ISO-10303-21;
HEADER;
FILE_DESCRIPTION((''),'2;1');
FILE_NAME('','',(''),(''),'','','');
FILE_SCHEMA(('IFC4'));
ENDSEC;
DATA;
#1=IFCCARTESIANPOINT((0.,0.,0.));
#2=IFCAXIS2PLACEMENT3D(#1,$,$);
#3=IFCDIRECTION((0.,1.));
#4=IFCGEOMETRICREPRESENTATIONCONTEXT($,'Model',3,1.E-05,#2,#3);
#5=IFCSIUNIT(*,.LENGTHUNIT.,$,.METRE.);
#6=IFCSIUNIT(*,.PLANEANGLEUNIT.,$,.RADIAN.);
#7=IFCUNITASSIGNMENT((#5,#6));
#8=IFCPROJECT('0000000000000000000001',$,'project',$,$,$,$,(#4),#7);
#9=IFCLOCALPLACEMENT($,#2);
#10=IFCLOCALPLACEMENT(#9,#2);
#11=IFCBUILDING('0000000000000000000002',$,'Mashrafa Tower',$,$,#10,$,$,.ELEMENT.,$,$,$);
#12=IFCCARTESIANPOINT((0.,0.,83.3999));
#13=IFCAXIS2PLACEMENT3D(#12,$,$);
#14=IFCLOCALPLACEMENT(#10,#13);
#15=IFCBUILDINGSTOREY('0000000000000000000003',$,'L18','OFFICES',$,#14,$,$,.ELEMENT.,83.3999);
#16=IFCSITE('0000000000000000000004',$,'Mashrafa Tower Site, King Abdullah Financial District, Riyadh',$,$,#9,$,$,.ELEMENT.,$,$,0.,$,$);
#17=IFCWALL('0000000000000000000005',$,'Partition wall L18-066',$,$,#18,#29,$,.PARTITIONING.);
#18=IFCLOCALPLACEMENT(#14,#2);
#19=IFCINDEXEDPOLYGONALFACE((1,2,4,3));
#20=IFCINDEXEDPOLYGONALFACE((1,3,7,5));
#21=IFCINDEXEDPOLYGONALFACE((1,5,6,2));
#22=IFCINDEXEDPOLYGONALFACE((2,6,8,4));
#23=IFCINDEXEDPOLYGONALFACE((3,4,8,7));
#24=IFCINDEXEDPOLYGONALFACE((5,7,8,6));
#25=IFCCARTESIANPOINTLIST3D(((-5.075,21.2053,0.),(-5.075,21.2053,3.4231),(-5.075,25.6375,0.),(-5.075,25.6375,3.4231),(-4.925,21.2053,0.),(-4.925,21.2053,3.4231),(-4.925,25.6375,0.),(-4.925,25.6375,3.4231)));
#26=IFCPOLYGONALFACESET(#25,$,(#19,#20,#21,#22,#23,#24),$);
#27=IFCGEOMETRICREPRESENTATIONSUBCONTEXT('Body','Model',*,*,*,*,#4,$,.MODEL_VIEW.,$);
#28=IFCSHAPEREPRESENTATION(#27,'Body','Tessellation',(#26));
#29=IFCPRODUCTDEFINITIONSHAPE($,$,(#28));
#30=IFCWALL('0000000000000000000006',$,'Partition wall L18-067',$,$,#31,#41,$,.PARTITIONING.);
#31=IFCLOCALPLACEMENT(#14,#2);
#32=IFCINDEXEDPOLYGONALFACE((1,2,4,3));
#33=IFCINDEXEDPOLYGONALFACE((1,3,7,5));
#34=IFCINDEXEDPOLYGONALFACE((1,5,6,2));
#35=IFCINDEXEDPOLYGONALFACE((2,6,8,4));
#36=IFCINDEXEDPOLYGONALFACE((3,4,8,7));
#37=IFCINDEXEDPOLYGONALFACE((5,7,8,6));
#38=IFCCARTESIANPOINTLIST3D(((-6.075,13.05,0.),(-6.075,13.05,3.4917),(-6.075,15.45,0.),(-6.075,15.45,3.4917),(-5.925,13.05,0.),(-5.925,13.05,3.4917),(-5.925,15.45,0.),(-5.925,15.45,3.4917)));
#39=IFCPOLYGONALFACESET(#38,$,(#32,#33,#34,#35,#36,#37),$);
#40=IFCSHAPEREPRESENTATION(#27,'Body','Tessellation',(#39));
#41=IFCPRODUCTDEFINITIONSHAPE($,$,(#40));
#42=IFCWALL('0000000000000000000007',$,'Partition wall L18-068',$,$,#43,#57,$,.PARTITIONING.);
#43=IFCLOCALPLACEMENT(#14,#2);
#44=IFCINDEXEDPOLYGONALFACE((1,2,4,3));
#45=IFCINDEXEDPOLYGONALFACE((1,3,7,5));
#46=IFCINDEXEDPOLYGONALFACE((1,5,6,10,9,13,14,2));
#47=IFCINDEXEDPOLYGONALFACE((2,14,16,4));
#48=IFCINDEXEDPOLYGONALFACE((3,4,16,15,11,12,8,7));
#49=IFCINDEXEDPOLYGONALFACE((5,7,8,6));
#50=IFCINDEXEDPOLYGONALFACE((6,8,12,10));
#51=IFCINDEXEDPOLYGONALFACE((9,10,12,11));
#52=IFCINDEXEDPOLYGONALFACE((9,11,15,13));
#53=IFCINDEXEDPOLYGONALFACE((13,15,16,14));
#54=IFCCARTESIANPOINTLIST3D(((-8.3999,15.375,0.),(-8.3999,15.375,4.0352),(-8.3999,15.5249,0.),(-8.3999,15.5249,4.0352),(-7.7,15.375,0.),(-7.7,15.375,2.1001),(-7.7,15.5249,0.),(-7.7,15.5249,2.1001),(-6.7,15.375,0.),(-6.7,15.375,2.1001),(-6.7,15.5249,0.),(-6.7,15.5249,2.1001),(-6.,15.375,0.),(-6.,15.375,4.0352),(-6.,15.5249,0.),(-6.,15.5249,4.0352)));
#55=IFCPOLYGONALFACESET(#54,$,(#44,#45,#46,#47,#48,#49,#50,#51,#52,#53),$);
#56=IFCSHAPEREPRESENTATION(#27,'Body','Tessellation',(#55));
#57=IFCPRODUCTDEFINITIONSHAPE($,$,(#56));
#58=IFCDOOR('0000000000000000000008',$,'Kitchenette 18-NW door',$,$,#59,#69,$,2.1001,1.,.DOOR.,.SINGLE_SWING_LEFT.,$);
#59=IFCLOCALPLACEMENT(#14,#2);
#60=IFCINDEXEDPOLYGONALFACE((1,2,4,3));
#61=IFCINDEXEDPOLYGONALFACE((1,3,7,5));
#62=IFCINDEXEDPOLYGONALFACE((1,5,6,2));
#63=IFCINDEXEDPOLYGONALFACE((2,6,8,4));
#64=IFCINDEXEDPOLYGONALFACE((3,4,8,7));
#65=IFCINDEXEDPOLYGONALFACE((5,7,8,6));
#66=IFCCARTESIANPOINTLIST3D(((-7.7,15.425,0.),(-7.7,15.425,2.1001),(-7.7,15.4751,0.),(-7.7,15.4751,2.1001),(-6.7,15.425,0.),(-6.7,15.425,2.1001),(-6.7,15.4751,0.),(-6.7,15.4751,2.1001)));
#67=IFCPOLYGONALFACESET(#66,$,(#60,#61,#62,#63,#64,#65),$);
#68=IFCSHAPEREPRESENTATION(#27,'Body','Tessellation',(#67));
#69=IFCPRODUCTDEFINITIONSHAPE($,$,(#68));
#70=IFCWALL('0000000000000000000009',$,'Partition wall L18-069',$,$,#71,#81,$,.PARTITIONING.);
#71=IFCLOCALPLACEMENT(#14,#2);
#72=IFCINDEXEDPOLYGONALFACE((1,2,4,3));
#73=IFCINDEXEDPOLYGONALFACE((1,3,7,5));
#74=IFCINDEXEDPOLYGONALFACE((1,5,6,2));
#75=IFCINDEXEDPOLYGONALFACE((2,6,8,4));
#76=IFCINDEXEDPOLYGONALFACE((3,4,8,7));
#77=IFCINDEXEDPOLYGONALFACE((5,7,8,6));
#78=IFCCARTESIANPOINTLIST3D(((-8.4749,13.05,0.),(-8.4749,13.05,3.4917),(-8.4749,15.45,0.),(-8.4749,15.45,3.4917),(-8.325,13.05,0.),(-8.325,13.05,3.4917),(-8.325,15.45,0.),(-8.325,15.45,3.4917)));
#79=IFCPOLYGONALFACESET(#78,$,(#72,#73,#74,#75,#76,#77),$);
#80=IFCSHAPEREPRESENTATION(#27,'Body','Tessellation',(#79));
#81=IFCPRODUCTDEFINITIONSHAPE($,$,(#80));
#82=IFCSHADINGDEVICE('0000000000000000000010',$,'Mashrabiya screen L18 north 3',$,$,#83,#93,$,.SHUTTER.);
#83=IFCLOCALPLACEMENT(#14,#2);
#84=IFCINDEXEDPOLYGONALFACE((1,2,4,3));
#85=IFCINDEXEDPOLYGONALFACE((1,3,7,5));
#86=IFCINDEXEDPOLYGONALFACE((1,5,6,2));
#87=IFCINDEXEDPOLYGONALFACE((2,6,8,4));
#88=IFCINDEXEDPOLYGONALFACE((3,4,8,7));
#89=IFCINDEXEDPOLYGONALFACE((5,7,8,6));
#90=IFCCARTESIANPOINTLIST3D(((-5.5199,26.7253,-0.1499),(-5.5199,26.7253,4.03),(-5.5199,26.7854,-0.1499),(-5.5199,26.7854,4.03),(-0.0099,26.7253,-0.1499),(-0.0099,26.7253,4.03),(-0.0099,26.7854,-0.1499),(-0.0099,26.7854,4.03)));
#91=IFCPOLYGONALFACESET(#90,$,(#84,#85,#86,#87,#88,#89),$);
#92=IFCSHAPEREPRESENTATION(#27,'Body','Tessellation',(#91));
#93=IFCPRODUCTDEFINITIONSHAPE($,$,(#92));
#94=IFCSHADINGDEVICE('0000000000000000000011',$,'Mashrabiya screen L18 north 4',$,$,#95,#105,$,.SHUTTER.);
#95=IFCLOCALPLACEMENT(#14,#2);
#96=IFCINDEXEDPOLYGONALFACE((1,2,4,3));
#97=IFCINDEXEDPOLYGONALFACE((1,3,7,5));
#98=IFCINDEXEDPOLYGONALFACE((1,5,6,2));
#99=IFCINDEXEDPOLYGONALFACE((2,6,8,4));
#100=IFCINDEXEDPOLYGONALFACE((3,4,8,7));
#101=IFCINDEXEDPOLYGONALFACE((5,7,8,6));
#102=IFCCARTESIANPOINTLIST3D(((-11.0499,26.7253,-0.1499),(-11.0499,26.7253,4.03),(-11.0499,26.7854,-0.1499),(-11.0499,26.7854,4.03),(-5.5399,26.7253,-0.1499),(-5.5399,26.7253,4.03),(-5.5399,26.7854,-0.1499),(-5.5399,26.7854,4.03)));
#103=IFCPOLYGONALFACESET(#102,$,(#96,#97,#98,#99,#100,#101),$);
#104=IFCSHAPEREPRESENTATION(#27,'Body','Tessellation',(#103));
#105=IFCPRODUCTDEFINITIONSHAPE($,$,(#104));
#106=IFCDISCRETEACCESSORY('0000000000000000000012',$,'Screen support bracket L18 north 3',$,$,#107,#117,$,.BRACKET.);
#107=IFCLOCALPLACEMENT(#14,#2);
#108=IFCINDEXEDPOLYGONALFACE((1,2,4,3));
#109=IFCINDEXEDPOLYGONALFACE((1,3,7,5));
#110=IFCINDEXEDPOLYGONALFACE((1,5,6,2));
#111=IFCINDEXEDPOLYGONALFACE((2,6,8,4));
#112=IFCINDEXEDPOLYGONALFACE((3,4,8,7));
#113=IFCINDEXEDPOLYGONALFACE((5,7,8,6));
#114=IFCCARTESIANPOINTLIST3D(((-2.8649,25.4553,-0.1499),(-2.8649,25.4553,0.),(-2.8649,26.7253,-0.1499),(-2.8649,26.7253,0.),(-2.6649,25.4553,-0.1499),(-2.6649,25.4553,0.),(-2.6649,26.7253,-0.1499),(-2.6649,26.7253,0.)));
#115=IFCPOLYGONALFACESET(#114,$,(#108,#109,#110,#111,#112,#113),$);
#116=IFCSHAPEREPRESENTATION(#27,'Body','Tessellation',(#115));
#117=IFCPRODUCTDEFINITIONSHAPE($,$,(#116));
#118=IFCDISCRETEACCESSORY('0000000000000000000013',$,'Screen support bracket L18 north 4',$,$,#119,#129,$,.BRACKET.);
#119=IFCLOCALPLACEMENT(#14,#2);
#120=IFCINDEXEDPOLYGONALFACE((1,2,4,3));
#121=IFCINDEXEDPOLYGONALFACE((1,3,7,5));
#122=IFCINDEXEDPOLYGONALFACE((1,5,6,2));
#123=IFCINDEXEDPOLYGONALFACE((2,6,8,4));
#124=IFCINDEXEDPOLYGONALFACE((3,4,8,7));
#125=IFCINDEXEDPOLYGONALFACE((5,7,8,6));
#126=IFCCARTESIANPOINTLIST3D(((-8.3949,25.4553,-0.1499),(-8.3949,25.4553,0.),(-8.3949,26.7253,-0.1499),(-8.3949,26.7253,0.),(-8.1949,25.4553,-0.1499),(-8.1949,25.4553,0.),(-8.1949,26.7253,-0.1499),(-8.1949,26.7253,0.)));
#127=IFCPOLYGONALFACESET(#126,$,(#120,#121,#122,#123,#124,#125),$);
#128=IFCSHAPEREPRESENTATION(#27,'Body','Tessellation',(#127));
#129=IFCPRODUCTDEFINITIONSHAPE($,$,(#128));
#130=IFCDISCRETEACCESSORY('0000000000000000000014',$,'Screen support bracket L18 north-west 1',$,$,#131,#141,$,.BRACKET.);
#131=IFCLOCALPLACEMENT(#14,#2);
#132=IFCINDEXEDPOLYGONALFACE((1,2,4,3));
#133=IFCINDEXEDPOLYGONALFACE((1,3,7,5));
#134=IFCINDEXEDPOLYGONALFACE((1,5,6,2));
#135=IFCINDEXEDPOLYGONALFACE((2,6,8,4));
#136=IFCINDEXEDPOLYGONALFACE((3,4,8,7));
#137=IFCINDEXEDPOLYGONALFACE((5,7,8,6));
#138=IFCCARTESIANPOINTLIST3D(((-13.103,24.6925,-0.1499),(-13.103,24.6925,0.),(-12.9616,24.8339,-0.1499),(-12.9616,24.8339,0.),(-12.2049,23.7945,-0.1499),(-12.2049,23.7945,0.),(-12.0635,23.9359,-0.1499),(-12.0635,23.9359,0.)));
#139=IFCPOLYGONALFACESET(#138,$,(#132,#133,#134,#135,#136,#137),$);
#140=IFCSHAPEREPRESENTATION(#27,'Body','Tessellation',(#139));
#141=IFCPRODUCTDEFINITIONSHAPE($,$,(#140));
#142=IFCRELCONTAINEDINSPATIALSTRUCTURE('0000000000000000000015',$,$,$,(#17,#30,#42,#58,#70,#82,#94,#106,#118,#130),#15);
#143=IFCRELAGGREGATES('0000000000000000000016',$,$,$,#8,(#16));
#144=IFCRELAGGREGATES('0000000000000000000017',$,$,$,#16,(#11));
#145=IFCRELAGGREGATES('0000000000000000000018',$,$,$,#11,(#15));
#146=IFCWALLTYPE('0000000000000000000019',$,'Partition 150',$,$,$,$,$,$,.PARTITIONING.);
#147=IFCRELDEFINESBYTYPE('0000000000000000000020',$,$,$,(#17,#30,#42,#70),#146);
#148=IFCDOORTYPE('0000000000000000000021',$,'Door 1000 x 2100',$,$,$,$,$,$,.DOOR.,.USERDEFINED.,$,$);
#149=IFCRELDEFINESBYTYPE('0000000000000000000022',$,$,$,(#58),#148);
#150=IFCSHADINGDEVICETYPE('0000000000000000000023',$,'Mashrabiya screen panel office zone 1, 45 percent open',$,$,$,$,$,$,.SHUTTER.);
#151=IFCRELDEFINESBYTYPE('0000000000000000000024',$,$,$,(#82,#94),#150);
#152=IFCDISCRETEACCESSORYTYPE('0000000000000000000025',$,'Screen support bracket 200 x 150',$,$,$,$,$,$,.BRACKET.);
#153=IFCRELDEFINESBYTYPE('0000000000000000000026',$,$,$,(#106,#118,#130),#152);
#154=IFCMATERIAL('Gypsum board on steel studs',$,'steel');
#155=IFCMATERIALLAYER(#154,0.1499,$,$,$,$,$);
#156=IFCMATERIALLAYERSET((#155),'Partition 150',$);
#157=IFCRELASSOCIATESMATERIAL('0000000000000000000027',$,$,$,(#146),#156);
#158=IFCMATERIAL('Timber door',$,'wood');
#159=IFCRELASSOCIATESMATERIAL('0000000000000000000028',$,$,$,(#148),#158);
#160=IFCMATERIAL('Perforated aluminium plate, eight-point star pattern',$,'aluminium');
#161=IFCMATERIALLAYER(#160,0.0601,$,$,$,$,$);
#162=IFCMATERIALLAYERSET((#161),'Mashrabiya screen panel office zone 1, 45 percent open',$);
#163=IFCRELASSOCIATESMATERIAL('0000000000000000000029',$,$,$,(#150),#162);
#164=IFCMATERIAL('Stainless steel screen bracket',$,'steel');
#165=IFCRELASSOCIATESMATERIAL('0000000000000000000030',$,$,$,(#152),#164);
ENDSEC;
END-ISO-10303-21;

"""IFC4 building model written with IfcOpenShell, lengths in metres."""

from ifc_helpers import new_model, si_unit, direction, frame, frame_2d, origin, origin_2d, place, context, subcontext, project, spatial, rectangle, extrude, source, transform, mapped, material, layer, layer_set, type_object, type_shapes, element, fill, save


model = new_model("IFC4")

# Units and contexts
model_context = context("Model", 3, precision=1e-05, world=origin(), true_north=direction((0.0, 1.0)))
body_context = subcontext(model_context, "Body", "Model", "MODEL_VIEW")
ifc_project = project(units=[si_unit("LENGTHUNIT", "METRE"), si_unit("PLANEANGLEUNIT", "RADIAN")], contexts=[model_context])

# Site, building, storey
site_placement = place(None, origin())
site = spatial("IfcSite", under=ifc_project, at=site_placement, Name="Mashrafa Tower Site, King Abdullah Financial District, Riyadh", CompositionType="ELEMENT", RefElevation=0.0)
building_placement = place(site_placement, origin())
building = spatial("IfcBuilding", under=site, at=building_placement, Name="Mashrafa Tower", CompositionType="ELEMENT")
storey_placement = place(building_placement, frame((0.0, 0.0, 83.3999)))
storey = spatial("IfcBuildingStorey", under=building, at=storey_placement, Name="L18", Description="OFFICES", CompositionType="ELEMENT", Elevation=83.3999)

# Shared definitions
ifc_material_1 = material(Name="Gypsum board on steel studs", Category="steel")
ifc_layer_1 = layer(ifc_material_1, 0.1499)
ifc_layer_set_1 = layer_set([ifc_layer_1], Name="Partition 150")
wall_type_1 = type_object("IfcWallType", Name="Partition 150", PredefinedType="PARTITIONING", material=ifc_layer_set_1)

# Shared definitions
ifc_material_2 = material(Name="Timber door", Category="wood")
door_type = type_object("IfcDoorType", Name="Door 1000 x 2100", OperationType="USERDEFINED", PredefinedType="DOOR", material=ifc_material_2)

# Walls
wall_1_placement = place(storey_placement, frame((-5.0, 21.2053, 0.0), z_axis=(0.0, 0.0, 1.0), x_axis=(0.0, 1.0, 0.0)))
element("IfcWall", 1, at=wall_1_placement, inside=storey, type_object=wall_type_1, Name="Partition wall L18-066", PredefinedType="PARTITIONING", context=body_context, shape_type="SweptSolid", body=[
    extrude(rectangle(XDim=4.4321, YDim=0.1499, at=frame_2d((2.2161, 0.0))), origin(), (0.0, 0.0, 1.0), 3.4231),
])
wall_2_placement = place(storey_placement, frame((-6.0, 13.05, 0.0), z_axis=(0.0, 0.0, 1.0), x_axis=(0.0, 1.0, 0.0)))
element("IfcWall", 2, at=wall_2_placement, inside=storey, type_object=wall_type_1, Name="Partition wall L18-067", PredefinedType="PARTITIONING", context=body_context, shape_type="SweptSolid", body=[
    extrude(rectangle(XDim=2.3999, YDim=0.1499, at=frame_2d((1.2, 0.0))), origin(), (0.0, 0.0, 1.0), 3.4917),
])

# Wall, opening, door
wall_3_placement = place(storey_placement, frame((-6.0, 15.45, 0.0), z_axis=(0.0, 0.0, 1.0), x_axis=(-1.0, 0.0, 0.0)))
wall_3 = element("IfcWall", 3, at=wall_3_placement, inside=storey, type_object=wall_type_1, Name="Partition wall L18-068", PredefinedType="PARTITIONING", context=body_context, shape_type="SweptSolid", body=[
    extrude(rectangle(XDim=2.3999, YDim=0.1499, at=frame_2d((1.2, 0.0))), origin(), (0.0, 0.0, 1.0), 4.0352),
])
opening_1_placement = place(wall_3_placement, frame((0.7, 0.0, 0.0)))
opening_1 = element("IfcOpeningElement", 4, at=opening_1_placement, cuts=wall_3, PredefinedType="OPENING", context=body_context, shape_type="SweptSolid", body=[
    extrude(rectangle(XDim=1.0, YDim=2.1001, at=frame_2d((0.5, 1.05))), frame((0.0, 0.085, 0.0), z_axis=(0.0, -1.0, 0.0), x_axis=(1.0, 0.0, 0.0)), (0.0, 0.0, 1.0), 0.1699),
])
door_1_placement = place(opening_1_placement, origin())
door_1 = element("IfcDoor", 5, at=door_1_placement, inside=storey, type_object=door_type, Name="Kitchenette 18-NW door", OperationType="SINGLE_SWING_LEFT", OverallHeight=2.1001, OverallWidth=1.0, PredefinedType="DOOR", context=body_context, shape_type="SweptSolid", body=[
    extrude(rectangle(XDim=1.0, YDim=2.1001, at=frame_2d((0.5, 1.05))), frame((0.0, 0.0249, 0.0), z_axis=(0.0, -1.0, 0.0), x_axis=(1.0, 0.0, 0.0)), (0.0, 0.0, 1.0), 0.05),
])
fill(opening_1, door_1)

# Wall
wall_4_placement = place(storey_placement, frame((-8.3999, 15.45, 0.0), z_axis=(0.0, 0.0, 1.0), x_axis=(0.0, -1.0, 0.0)))
element("IfcWall", 6, at=wall_4_placement, inside=storey, type_object=wall_type_1, Name="Partition wall L18-069", PredefinedType="PARTITIONING", context=body_context, shape_type="SweptSolid", body=[
    extrude(rectangle(XDim=2.3999, YDim=0.1499, at=frame_2d((1.2, 0.0))), origin(), (0.0, 0.0, 1.0), 3.4917),
])

# Shading devices
ifc_material_3 = material(Name="Perforated aluminium plate, eight-point star pattern", Category="aluminium")
ifc_layer_2 = layer(ifc_material_3, 0.0601)
ifc_layer_set_2 = layer_set([ifc_layer_2], Name="Mashrabiya screen panel office zone 1, 45 percent open")
shading_device_type = type_object("IfcShadingDeviceType", Name="Mashrabiya screen panel office zone 1, 45 percent open", PredefinedType="SHUTTER", material=ifc_layer_set_2)
shared_shape_1 = source(origin(), body_context, "Body", "SweptSolid", [
    extrude(rectangle(XDim=5.51, YDim=0.0601, at=origin_2d()), origin(), (0.0, 0.0, 1.0), 4.1799),
])
type_shapes(shading_device_type, [shared_shape_1])
for number, where, z_axis, x_axis, name in (
    (7, (-2.7649, 26.7554, -0.1499), (0.0, 0.0, 1.0), (-1.0, 0.0, 0.0), "Mashrabiya screen L18 north 3"),
    (8, (-8.2949, 26.7554, -0.1499), (0.0, 0.0, 1.0), (-1.0, 0.0, 0.0), "Mashrabiya screen L18 north 4"),
):
    element("IfcShadingDevice", number, at=place(storey_placement, frame(where, z_axis=z_axis, x_axis=x_axis)), inside=storey, type_object=shading_device_type, Name=name, PredefinedType="SHUTTER", context=body_context, shape_type="MappedRepresentation", body=[
        mapped(shared_shape_1, transform((0.0, 0.0, 0.0))),
    ])

# Discrete accessories
ifc_material_4 = material(Name="Stainless steel screen bracket", Category="steel")
discrete_accessory_type = type_object("IfcDiscreteAccessoryType", Name="Screen support bracket 200 x 150", PredefinedType="BRACKET", material=ifc_material_4)
shared_shape_2 = source(origin(), body_context, "Body", "SweptSolid", [
    extrude(rectangle(XDim=0.2, YDim=1.27, at=origin_2d()), origin(), (0.0, 0.0, 1.0), 0.1499),
])
type_shapes(discrete_accessory_type, [shared_shape_2])
for number, where, z_axis, x_axis, name in (
    (9, (-2.7649, 26.0903, -0.1499), (0.0, 0.0, 1.0), (-1.0, 0.0, 0.0), "Screen support bracket L18 north 3"),
    (10, (-8.2949, 26.0903, -0.1499), (0.0, 0.0, 1.0), (-1.0, 0.0, 0.0), "Screen support bracket L18 north 4"),
    (11, (-12.5833, 24.3142, -0.1499), (0.0, 0.0, 1.0), (-0.707107, -0.707107, 0.0), "Screen support bracket L18 north-west 1"),
):
    element("IfcDiscreteAccessory", number, at=place(storey_placement, frame(where, z_axis=z_axis, x_axis=x_axis)), inside=storey, type_object=discrete_accessory_type, Name=name, PredefinedType="BRACKET", context=body_context, shape_type="MappedRepresentation", body=[
        mapped(shared_shape_2, transform((0.0, 0.0, 0.0))),
    ])

save(model, "model.ifc")
